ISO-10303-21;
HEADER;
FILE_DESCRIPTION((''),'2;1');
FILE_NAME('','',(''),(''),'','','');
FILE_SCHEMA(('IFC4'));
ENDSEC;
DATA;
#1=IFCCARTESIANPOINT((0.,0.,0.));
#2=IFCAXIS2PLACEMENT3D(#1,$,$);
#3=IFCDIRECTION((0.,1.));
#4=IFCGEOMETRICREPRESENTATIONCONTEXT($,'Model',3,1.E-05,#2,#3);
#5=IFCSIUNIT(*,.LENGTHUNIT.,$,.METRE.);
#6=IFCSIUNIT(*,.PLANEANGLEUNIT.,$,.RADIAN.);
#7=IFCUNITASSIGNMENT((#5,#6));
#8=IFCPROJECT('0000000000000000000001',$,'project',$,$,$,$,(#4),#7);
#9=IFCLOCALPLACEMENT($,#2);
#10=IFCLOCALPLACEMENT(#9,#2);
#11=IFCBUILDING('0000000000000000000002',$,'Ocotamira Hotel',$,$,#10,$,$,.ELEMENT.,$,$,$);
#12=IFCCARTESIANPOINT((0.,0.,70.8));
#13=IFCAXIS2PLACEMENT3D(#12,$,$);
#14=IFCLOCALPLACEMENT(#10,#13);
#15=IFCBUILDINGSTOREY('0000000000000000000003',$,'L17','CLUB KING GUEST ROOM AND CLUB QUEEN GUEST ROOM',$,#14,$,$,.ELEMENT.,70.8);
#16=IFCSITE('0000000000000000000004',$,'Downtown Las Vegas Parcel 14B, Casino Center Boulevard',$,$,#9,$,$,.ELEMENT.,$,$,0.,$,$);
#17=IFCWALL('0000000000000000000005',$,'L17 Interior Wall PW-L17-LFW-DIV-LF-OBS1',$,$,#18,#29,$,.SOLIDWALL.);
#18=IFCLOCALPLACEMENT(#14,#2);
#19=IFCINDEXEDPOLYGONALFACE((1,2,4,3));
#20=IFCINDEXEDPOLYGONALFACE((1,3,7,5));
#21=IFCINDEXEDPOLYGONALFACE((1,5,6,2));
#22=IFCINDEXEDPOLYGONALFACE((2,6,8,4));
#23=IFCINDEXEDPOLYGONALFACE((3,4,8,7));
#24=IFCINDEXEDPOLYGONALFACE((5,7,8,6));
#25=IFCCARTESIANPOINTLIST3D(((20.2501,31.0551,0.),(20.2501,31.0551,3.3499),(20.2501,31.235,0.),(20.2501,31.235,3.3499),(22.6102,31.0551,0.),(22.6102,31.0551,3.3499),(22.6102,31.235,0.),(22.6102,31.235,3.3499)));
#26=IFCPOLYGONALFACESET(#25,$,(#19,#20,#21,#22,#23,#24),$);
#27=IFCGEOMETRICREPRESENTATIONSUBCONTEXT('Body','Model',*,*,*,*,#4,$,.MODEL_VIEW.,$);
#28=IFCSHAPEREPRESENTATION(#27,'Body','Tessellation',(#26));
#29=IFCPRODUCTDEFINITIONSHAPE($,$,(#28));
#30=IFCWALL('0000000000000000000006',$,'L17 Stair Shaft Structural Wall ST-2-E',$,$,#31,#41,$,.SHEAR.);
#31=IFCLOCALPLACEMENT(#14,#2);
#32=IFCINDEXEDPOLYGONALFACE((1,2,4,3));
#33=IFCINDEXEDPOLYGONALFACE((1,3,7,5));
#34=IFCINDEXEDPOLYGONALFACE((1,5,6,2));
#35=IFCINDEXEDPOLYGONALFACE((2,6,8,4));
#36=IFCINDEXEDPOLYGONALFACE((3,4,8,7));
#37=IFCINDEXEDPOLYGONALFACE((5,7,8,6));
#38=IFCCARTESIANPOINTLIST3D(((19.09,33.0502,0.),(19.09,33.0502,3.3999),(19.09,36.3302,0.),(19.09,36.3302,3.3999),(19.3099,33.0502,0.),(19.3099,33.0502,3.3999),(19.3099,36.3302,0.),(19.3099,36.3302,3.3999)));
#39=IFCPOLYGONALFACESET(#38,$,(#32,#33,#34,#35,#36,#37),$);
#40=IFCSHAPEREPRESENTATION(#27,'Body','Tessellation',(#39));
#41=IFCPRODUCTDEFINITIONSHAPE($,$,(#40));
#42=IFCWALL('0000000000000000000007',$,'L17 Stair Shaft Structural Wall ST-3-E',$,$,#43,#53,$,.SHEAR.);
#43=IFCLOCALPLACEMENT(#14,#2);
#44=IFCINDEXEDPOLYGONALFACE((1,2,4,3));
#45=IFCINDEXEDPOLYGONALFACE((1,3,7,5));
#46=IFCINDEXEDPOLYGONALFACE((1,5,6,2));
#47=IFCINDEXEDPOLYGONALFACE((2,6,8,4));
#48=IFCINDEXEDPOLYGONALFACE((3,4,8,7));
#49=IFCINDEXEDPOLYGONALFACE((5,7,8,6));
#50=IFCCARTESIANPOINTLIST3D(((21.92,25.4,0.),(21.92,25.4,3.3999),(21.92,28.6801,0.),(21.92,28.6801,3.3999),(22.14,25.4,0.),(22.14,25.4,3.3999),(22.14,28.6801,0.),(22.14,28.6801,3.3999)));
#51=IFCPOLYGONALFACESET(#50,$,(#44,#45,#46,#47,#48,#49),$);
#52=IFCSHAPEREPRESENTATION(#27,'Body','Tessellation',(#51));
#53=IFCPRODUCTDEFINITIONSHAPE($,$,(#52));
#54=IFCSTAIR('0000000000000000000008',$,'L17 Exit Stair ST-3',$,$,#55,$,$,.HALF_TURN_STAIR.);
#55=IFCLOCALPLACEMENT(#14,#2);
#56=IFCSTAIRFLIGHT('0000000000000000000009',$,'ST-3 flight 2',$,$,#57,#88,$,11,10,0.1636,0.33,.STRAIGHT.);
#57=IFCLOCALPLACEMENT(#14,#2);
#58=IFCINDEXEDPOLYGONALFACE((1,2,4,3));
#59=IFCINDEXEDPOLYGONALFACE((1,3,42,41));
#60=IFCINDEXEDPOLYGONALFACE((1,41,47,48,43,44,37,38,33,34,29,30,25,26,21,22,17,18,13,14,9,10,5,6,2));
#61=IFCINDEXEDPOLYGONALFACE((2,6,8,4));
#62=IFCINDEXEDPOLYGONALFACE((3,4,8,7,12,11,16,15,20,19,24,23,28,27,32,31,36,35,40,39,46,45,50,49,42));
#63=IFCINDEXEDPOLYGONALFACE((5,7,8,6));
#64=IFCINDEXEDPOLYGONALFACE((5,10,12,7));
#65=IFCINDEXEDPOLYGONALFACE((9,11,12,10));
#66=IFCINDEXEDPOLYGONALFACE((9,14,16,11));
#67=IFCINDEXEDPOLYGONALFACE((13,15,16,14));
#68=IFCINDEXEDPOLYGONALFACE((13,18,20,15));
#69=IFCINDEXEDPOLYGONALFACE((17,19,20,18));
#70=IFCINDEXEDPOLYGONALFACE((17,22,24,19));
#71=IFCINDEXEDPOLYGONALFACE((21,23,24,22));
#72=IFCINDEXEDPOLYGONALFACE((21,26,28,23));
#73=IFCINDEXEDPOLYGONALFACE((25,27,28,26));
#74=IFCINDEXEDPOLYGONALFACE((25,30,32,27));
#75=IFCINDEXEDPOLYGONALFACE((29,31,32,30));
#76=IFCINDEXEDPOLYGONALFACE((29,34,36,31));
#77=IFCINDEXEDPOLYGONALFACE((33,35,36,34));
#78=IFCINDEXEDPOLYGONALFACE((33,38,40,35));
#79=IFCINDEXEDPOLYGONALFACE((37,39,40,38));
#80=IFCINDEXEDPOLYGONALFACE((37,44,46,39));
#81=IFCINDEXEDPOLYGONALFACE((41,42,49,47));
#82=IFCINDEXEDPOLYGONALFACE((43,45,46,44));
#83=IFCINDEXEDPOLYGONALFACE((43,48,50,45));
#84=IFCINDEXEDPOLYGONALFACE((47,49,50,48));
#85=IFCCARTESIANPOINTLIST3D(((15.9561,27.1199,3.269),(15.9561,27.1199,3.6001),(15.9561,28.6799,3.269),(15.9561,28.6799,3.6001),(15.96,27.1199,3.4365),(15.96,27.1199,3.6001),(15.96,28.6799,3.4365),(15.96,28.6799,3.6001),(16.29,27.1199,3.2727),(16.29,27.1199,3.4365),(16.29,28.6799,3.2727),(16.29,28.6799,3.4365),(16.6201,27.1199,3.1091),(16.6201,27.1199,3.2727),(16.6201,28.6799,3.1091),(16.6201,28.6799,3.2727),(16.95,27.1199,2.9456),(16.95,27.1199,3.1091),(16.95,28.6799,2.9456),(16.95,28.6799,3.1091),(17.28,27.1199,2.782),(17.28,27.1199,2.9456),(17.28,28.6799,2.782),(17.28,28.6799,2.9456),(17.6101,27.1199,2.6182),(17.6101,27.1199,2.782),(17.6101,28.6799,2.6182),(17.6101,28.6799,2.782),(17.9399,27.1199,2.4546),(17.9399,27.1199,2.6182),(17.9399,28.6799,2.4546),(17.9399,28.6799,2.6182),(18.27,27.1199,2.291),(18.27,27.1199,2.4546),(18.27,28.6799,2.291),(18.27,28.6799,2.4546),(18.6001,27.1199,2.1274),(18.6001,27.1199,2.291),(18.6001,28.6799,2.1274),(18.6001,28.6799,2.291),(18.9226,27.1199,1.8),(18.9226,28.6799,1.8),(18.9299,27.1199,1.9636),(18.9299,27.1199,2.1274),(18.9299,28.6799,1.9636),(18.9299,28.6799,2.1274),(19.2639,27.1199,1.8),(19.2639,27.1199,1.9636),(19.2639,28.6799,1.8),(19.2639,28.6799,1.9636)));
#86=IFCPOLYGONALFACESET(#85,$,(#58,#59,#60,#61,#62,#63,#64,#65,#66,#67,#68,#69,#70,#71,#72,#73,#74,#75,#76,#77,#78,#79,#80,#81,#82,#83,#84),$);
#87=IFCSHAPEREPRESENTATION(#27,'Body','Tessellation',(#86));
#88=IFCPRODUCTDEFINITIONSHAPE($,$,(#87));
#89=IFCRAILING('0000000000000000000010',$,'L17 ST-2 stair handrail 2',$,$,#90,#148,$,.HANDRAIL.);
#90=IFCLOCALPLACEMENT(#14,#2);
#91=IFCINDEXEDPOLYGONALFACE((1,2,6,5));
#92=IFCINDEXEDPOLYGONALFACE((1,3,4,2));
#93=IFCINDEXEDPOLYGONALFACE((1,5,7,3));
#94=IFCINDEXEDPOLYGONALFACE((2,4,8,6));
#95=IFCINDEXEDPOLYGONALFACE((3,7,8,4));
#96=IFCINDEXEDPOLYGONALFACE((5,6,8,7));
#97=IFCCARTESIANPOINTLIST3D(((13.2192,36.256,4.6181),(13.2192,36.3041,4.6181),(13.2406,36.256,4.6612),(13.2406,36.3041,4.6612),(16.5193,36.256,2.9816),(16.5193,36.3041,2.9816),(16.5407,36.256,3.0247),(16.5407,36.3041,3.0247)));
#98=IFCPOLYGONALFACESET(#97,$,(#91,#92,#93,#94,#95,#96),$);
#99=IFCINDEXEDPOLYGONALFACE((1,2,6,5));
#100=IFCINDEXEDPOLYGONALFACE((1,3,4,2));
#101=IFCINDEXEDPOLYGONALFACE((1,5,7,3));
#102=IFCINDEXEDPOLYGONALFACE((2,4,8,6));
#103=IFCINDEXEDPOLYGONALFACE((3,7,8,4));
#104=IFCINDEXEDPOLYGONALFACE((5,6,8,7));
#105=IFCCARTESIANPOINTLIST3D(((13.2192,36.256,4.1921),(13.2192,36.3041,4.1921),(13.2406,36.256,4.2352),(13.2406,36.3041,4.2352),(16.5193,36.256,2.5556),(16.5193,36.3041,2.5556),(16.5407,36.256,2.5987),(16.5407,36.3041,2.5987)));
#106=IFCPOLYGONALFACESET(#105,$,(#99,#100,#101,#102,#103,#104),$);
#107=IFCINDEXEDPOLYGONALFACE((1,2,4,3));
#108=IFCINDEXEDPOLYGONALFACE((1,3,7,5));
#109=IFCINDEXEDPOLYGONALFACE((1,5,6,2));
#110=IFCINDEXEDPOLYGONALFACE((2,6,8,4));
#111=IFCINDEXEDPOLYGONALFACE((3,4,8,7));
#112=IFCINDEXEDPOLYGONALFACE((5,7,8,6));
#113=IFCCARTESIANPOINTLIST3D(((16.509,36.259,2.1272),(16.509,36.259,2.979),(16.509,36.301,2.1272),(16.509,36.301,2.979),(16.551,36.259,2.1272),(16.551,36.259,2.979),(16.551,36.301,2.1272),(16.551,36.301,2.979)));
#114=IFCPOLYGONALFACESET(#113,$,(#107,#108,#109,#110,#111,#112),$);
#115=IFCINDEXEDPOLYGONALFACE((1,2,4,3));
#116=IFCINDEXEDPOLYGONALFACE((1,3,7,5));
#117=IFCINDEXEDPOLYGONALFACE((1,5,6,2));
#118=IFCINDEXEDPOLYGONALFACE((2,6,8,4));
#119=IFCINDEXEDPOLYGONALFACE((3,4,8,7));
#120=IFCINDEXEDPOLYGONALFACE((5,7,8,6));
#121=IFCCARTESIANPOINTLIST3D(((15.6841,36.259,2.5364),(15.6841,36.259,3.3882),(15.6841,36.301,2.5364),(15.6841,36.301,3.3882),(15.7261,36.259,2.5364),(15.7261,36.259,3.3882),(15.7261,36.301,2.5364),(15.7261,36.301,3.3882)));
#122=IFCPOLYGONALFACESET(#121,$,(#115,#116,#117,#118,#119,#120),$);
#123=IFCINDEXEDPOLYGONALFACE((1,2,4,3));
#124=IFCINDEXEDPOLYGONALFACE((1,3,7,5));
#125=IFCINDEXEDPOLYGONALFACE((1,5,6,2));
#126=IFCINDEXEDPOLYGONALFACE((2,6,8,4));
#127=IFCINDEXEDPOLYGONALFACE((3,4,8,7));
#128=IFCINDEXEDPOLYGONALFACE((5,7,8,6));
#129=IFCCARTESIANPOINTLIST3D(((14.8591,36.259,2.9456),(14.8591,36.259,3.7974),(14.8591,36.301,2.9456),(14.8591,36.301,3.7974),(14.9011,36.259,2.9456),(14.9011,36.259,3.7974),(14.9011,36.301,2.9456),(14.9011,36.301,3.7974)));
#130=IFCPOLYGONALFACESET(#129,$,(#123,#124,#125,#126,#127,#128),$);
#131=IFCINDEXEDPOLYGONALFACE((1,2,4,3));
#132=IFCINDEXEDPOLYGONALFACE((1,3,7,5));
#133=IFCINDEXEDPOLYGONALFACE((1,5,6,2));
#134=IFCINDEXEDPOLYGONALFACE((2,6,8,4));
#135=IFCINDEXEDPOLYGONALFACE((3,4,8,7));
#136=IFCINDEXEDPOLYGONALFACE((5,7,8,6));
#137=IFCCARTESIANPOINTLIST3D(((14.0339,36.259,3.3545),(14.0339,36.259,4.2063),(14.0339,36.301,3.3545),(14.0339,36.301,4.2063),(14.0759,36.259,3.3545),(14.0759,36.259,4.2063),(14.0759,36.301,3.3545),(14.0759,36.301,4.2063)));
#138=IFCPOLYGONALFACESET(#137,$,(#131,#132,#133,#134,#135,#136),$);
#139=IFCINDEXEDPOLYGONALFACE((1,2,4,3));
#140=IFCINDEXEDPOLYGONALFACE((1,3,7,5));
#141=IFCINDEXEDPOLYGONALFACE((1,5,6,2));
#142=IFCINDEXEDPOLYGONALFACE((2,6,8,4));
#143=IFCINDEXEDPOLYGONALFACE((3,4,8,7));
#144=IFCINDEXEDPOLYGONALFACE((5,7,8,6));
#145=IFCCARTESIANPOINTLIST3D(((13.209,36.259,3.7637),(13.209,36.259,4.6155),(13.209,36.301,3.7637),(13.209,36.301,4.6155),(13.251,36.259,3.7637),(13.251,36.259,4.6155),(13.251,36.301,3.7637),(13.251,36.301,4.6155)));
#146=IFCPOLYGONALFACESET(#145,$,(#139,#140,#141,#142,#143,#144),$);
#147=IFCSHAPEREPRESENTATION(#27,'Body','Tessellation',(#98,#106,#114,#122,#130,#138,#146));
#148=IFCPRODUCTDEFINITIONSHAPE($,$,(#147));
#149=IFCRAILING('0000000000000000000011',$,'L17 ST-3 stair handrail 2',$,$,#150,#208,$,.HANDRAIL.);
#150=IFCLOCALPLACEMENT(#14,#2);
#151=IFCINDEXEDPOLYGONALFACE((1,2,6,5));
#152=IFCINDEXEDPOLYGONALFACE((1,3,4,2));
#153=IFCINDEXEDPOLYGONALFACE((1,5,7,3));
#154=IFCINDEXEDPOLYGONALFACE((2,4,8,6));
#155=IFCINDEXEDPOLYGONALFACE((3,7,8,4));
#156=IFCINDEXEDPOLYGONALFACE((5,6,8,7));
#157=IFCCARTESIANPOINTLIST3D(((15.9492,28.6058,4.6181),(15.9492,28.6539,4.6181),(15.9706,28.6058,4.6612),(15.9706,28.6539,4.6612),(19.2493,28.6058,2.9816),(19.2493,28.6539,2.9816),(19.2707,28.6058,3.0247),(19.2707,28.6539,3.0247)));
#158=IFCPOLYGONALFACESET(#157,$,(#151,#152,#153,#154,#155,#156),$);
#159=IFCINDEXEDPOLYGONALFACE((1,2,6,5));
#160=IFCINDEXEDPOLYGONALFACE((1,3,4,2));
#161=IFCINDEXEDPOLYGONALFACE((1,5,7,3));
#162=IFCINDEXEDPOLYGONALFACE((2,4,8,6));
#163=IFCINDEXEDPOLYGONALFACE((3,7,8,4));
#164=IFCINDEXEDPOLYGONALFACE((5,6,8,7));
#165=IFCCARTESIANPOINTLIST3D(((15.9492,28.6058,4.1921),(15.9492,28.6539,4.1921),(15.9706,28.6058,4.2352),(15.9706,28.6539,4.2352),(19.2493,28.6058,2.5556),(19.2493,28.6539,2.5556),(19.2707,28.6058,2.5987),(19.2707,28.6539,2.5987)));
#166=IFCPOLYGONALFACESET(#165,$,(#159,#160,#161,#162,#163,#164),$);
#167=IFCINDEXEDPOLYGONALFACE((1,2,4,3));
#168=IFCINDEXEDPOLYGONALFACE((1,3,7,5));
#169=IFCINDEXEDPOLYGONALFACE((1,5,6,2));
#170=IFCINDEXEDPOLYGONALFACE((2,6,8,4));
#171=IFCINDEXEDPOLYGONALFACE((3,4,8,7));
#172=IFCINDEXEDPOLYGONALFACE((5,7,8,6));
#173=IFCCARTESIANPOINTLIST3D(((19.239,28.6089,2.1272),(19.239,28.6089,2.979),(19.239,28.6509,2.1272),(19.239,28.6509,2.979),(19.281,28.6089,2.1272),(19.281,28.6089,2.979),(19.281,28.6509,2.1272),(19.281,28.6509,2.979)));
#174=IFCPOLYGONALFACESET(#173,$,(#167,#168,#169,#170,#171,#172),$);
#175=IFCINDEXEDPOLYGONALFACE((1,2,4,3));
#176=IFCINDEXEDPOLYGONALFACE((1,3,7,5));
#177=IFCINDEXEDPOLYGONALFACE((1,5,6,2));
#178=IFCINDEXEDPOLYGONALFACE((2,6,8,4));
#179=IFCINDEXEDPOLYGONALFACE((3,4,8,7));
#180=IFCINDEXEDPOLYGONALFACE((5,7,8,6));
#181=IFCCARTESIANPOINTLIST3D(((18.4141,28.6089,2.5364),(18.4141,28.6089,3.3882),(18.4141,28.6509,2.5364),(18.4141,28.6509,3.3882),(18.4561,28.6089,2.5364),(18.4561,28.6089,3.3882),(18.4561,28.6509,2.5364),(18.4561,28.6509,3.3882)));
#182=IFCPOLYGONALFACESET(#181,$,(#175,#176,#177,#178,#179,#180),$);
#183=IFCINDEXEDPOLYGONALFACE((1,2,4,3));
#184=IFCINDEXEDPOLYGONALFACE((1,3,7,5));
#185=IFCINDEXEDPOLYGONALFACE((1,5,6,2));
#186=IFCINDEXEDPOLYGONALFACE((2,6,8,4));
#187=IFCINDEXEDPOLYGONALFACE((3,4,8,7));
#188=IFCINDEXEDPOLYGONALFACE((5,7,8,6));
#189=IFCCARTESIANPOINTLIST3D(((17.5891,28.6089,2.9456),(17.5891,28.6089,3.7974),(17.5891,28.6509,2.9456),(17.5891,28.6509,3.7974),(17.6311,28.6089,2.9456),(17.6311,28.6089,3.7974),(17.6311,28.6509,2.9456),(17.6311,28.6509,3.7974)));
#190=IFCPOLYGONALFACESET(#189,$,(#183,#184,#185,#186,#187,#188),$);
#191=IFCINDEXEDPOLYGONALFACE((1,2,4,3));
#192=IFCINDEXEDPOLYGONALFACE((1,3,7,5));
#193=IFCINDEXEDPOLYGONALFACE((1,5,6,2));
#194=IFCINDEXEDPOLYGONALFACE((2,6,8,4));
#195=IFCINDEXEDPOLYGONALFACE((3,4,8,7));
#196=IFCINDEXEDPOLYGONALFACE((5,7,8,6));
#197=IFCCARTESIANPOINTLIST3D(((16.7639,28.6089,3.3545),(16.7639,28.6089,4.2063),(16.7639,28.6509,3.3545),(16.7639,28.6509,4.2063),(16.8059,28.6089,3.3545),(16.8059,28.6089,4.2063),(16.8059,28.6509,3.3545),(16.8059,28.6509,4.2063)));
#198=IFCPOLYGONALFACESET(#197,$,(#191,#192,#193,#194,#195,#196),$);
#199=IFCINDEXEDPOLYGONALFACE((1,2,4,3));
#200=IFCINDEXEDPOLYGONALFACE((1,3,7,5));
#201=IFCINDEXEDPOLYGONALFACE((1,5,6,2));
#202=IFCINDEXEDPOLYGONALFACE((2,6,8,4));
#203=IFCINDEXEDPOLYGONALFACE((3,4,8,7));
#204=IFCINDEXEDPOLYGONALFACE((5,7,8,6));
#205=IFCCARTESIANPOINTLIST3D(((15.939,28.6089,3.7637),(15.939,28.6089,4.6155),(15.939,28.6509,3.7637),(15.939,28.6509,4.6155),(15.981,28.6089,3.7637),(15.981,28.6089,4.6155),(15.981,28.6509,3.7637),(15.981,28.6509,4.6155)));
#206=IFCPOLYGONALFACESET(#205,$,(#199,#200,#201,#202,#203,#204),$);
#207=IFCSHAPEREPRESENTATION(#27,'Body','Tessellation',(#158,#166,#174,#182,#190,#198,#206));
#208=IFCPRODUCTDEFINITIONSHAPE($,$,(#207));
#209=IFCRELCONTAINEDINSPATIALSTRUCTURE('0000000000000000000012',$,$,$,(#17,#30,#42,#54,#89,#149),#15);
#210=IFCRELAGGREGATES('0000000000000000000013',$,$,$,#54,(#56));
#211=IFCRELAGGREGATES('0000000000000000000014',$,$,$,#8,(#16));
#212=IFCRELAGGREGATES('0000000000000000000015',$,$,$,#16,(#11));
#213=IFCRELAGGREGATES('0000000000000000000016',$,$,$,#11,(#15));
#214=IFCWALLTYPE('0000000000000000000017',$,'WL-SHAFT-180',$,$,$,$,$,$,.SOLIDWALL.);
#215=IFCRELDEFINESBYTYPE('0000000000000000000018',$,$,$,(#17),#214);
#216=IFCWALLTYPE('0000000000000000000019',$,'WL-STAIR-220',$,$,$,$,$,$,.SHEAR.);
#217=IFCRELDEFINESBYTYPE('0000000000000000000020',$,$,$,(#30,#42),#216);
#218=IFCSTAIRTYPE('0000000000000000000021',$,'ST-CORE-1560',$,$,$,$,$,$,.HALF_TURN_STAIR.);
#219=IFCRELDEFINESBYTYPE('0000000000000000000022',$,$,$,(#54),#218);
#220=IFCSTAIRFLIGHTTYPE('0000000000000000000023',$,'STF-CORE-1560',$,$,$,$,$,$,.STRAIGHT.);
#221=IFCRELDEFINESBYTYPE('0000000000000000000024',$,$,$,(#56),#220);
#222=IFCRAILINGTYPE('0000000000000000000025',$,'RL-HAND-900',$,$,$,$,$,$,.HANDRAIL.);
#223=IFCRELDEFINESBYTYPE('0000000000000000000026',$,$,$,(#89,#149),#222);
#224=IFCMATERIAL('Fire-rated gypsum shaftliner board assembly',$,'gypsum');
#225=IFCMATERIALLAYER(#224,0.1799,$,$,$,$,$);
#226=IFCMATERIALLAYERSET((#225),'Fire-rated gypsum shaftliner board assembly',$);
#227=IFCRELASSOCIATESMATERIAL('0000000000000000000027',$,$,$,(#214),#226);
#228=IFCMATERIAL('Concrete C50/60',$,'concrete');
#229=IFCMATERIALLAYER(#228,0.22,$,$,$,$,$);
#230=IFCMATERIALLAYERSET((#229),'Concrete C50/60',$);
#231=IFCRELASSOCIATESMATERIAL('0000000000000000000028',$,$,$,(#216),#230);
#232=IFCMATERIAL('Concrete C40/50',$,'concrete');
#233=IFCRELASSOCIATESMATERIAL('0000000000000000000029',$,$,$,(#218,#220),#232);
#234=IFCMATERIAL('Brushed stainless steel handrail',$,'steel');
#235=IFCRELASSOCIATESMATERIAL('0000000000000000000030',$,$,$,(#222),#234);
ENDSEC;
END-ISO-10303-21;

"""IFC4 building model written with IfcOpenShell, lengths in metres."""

from ifc_helpers import new_model, si_unit, direction, frame, frame_2d, origin, origin_2d, place, context, subcontext, project, spatial, polyline, rectangle, outline, extrude, source, transform, mapped, material, layer, layer_set, type_object, element, aggregate, save


model = new_model("IFC4")

# Units and contexts
model_context = context("Model", 3, precision=1e-05, world=origin(), true_north=direction((0.0, 1.0)))
body_context = subcontext(model_context, "Body", "Model", "MODEL_VIEW")
ifc_project = project(units=[si_unit("LENGTHUNIT", "METRE"), si_unit("PLANEANGLEUNIT", "RADIAN")], contexts=[model_context])

# Site, building, storey
site_placement = place(None, origin())
site = spatial("IfcSite", under=ifc_project, at=site_placement, Name="Downtown Las Vegas Parcel 14B, Casino Center Boulevard", CompositionType="ELEMENT", RefElevation=0.0)
building_placement = place(site_placement, origin())
building = spatial("IfcBuilding", under=site, at=building_placement, Name="Ocotamira Hotel", CompositionType="ELEMENT")
storey_placement = place(building_placement, frame((0.0, 0.0, 70.8)))
storey = spatial("IfcBuildingStorey", under=building, at=storey_placement, Name="L17", Description="CLUB KING GUEST ROOM AND CLUB QUEEN GUEST ROOM", CompositionType="ELEMENT", Elevation=70.8)

# Walls
ifc_material_1 = material(Name="Fire-rated gypsum shaftliner board assembly", Category="gypsum")
ifc_layer_1 = layer(ifc_material_1, 0.1799)
ifc_layer_set_1 = layer_set([ifc_layer_1], Name="Fire-rated gypsum shaftliner board assembly")
wall_type_1 = type_object("IfcWallType", Name="WL-SHAFT-180", PredefinedType="SOLIDWALL", material=ifc_layer_set_1)
wall_1_placement = place(storey_placement, frame((20.25, 31.145, 0.0), z_axis=(0.0, 0.0, 1.0), x_axis=(1.0, 0.0, 0.0)))
element("IfcWall", 1, at=wall_1_placement, inside=storey, type_object=wall_type_1, Name="L17 Interior Wall PW-L17-LFW-DIV-LF-OBS1", PredefinedType="SOLIDWALL", context=body_context, shape_type="SweptSolid", body=[
    extrude(rectangle(XDim=2.3601, YDim=0.1799, at=frame_2d((1.1802, 0.0))), origin(), (0.0, 0.0, 1.0), 3.3499),
])
ifc_material_2 = material(Name="Concrete C50/60", Category="concrete")
ifc_layer_2 = layer(ifc_material_2, 0.22)
ifc_layer_set_2 = layer_set([ifc_layer_2], Name="Concrete C50/60")
wall_type_2 = type_object("IfcWallType", Name="WL-STAIR-220", PredefinedType="SHEAR", material=ifc_layer_set_2)
for number, where, z_axis, x_axis, name in (
    (2, (19.2, 33.05, 0.0), (0.0, 0.0, 1.0), (0.0, 1.0, 0.0), "L17 Stair Shaft Structural Wall ST-2-E"),
    (3, (22.03, 25.3999, 0.0), (0.0, 0.0, 1.0), (0.0, 1.0, 0.0), "L17 Stair Shaft Structural Wall ST-3-E"),
):
    element("IfcWall", number, at=place(storey_placement, frame(where, z_axis=z_axis, x_axis=x_axis)), inside=storey, type_object=wall_type_2, Name=name, PredefinedType="SHEAR", context=body_context, shape_type="SweptSolid", body=[
        extrude(rectangle(XDim=3.28, YDim=0.22, at=frame_2d((1.6401, 0.0))), origin(), (0.0, 0.0, 1.0), 3.3999),
    ])

# Stair, stair flight
ifc_material_3 = material(Name="Concrete C40/50", Category="concrete")
stair_type = type_object("IfcStairType", Name="ST-CORE-1560", PredefinedType="HALF_TURN_STAIR", material=ifc_material_3)
stair_placement = place(storey_placement, origin())
stair = element("IfcStair", 4, at=stair_placement, inside=storey, type_object=stair_type, Name="L17 Exit Stair ST-3", PredefinedType="HALF_TURN_STAIR")
stair_flight_type = type_object("IfcStairFlightType", Name="STF-CORE-1560", PredefinedType="STRAIGHT", material=ifc_material_3)
shared_shape_1 = source(origin(), body_context, "Body", "SweptSolid", [
    extrude(outline(polyline([(-0.0039, 0.0), (-0.0039, 0.1636), (0.3301, 0.1636), (0.3301, 0.3274), (0.6599, 0.3274), (0.6599, 0.491), (0.99, 0.491), (0.99, 0.6545), (1.3201, 0.6545), (1.3201, 0.8181), (1.6499, 0.8181), (1.6499, 0.9819), (1.98, 0.9819), (1.98, 1.1455), (2.3101, 1.1455), (2.3101, 1.3091), (2.6399, 1.3091), (2.6399, 1.4727), (2.97, 1.4727), (2.97, 1.6365), (3.3, 1.6365), (3.3, 1.8), (3.304, 1.8), (3.304, 1.469), (0.3374, 0.0), (-0.0039, 0.0)])), frame((0.0, 0.78, 0.0), z_axis=(0.0, -1.0, 0.0), x_axis=(1.0, 0.0, 0.0)), (0.0, 0.0, 1.0), 1.5601),
])
stair_flight_placement = place(storey_placement, frame((19.26, 27.8999, 1.8), z_axis=(0.0, 0.0, 1.0), x_axis=(-1.0, 0.0, 0.0)))
stair_flight = element("IfcStairFlight", 5, at=stair_flight_placement, type_object=stair_flight_type, Name="ST-3 flight 2", NumberOfRisers=11, NumberOfTreads=10, PredefinedType="STRAIGHT", RiserHeight=0.1636, TreadLength=0.33, context=body_context, shape_type="MappedRepresentation", body=[
    mapped(shared_shape_1, transform((0.0, 0.0, 0.0), scale=1.0)),
])
aggregate(stair, [stair_flight])

# Railings
ifc_material_4 = material(Name="Brushed stainless steel handrail", Category="steel")
railing_type_1 = type_object("IfcRailingType", Name="RL-HAND-900", PredefinedType="HANDRAIL", material=ifc_material_4)
for number, where, name in (
    (6, (16.53, 36.28, 2.1272), "L17 ST-2 stair handrail 2"),
    (7, (19.26, 28.6299, 2.1272), "L17 ST-3 stair handrail 2"),
):
    element("IfcRailing", number, at=place(storey_placement, frame(where)), inside=storey, type_object=railing_type_1, Name=name, PredefinedType="HANDRAIL", context=body_context, shape_type="SweptSolid", body=[
        extrude(rectangle(XDim=0.0481, YDim=0.0481, at=origin_2d()), frame((0.0, 0.0, 0.876), z_axis=(-0.895894, 0.0, 0.444268), x_axis=(0.0, -1.0, 0.0)), (0.0, 0.0, 1.0), 3.6836),
        extrude(rectangle(XDim=0.0481, YDim=0.0481, at=origin_2d()), frame((0.0, 0.0, 0.45), z_axis=(-0.895894, 0.0, 0.444268), x_axis=(0.0, -1.0, 0.0)), (0.0, 0.0, 1.0), 3.6836),
        extrude(rectangle(XDim=0.042, YDim=0.042, at=origin_2d()), origin(), (0.0, 0.0, 1.0), 0.8518),
        extrude(rectangle(XDim=0.042, YDim=0.042, at=origin_2d()), frame((-0.825, 0.0, 0.4092)), (0.0, 0.0, 1.0), 0.8518),
        extrude(rectangle(XDim=0.042, YDim=0.042, at=origin_2d()), frame((-1.6499, 0.0, 0.8184)), (0.0, 0.0, 1.0), 0.8518),
        extrude(rectangle(XDim=0.042, YDim=0.042, at=origin_2d()), frame((-2.4751, 0.0, 1.2273)), (0.0, 0.0, 1.0), 0.8518),
        extrude(rectangle(XDim=0.042, YDim=0.042, at=origin_2d()), frame((-3.3, 0.0, 1.6365)), (0.0, 0.0, 1.0), 0.8518),
    ])

save(model, "model.ifc")
